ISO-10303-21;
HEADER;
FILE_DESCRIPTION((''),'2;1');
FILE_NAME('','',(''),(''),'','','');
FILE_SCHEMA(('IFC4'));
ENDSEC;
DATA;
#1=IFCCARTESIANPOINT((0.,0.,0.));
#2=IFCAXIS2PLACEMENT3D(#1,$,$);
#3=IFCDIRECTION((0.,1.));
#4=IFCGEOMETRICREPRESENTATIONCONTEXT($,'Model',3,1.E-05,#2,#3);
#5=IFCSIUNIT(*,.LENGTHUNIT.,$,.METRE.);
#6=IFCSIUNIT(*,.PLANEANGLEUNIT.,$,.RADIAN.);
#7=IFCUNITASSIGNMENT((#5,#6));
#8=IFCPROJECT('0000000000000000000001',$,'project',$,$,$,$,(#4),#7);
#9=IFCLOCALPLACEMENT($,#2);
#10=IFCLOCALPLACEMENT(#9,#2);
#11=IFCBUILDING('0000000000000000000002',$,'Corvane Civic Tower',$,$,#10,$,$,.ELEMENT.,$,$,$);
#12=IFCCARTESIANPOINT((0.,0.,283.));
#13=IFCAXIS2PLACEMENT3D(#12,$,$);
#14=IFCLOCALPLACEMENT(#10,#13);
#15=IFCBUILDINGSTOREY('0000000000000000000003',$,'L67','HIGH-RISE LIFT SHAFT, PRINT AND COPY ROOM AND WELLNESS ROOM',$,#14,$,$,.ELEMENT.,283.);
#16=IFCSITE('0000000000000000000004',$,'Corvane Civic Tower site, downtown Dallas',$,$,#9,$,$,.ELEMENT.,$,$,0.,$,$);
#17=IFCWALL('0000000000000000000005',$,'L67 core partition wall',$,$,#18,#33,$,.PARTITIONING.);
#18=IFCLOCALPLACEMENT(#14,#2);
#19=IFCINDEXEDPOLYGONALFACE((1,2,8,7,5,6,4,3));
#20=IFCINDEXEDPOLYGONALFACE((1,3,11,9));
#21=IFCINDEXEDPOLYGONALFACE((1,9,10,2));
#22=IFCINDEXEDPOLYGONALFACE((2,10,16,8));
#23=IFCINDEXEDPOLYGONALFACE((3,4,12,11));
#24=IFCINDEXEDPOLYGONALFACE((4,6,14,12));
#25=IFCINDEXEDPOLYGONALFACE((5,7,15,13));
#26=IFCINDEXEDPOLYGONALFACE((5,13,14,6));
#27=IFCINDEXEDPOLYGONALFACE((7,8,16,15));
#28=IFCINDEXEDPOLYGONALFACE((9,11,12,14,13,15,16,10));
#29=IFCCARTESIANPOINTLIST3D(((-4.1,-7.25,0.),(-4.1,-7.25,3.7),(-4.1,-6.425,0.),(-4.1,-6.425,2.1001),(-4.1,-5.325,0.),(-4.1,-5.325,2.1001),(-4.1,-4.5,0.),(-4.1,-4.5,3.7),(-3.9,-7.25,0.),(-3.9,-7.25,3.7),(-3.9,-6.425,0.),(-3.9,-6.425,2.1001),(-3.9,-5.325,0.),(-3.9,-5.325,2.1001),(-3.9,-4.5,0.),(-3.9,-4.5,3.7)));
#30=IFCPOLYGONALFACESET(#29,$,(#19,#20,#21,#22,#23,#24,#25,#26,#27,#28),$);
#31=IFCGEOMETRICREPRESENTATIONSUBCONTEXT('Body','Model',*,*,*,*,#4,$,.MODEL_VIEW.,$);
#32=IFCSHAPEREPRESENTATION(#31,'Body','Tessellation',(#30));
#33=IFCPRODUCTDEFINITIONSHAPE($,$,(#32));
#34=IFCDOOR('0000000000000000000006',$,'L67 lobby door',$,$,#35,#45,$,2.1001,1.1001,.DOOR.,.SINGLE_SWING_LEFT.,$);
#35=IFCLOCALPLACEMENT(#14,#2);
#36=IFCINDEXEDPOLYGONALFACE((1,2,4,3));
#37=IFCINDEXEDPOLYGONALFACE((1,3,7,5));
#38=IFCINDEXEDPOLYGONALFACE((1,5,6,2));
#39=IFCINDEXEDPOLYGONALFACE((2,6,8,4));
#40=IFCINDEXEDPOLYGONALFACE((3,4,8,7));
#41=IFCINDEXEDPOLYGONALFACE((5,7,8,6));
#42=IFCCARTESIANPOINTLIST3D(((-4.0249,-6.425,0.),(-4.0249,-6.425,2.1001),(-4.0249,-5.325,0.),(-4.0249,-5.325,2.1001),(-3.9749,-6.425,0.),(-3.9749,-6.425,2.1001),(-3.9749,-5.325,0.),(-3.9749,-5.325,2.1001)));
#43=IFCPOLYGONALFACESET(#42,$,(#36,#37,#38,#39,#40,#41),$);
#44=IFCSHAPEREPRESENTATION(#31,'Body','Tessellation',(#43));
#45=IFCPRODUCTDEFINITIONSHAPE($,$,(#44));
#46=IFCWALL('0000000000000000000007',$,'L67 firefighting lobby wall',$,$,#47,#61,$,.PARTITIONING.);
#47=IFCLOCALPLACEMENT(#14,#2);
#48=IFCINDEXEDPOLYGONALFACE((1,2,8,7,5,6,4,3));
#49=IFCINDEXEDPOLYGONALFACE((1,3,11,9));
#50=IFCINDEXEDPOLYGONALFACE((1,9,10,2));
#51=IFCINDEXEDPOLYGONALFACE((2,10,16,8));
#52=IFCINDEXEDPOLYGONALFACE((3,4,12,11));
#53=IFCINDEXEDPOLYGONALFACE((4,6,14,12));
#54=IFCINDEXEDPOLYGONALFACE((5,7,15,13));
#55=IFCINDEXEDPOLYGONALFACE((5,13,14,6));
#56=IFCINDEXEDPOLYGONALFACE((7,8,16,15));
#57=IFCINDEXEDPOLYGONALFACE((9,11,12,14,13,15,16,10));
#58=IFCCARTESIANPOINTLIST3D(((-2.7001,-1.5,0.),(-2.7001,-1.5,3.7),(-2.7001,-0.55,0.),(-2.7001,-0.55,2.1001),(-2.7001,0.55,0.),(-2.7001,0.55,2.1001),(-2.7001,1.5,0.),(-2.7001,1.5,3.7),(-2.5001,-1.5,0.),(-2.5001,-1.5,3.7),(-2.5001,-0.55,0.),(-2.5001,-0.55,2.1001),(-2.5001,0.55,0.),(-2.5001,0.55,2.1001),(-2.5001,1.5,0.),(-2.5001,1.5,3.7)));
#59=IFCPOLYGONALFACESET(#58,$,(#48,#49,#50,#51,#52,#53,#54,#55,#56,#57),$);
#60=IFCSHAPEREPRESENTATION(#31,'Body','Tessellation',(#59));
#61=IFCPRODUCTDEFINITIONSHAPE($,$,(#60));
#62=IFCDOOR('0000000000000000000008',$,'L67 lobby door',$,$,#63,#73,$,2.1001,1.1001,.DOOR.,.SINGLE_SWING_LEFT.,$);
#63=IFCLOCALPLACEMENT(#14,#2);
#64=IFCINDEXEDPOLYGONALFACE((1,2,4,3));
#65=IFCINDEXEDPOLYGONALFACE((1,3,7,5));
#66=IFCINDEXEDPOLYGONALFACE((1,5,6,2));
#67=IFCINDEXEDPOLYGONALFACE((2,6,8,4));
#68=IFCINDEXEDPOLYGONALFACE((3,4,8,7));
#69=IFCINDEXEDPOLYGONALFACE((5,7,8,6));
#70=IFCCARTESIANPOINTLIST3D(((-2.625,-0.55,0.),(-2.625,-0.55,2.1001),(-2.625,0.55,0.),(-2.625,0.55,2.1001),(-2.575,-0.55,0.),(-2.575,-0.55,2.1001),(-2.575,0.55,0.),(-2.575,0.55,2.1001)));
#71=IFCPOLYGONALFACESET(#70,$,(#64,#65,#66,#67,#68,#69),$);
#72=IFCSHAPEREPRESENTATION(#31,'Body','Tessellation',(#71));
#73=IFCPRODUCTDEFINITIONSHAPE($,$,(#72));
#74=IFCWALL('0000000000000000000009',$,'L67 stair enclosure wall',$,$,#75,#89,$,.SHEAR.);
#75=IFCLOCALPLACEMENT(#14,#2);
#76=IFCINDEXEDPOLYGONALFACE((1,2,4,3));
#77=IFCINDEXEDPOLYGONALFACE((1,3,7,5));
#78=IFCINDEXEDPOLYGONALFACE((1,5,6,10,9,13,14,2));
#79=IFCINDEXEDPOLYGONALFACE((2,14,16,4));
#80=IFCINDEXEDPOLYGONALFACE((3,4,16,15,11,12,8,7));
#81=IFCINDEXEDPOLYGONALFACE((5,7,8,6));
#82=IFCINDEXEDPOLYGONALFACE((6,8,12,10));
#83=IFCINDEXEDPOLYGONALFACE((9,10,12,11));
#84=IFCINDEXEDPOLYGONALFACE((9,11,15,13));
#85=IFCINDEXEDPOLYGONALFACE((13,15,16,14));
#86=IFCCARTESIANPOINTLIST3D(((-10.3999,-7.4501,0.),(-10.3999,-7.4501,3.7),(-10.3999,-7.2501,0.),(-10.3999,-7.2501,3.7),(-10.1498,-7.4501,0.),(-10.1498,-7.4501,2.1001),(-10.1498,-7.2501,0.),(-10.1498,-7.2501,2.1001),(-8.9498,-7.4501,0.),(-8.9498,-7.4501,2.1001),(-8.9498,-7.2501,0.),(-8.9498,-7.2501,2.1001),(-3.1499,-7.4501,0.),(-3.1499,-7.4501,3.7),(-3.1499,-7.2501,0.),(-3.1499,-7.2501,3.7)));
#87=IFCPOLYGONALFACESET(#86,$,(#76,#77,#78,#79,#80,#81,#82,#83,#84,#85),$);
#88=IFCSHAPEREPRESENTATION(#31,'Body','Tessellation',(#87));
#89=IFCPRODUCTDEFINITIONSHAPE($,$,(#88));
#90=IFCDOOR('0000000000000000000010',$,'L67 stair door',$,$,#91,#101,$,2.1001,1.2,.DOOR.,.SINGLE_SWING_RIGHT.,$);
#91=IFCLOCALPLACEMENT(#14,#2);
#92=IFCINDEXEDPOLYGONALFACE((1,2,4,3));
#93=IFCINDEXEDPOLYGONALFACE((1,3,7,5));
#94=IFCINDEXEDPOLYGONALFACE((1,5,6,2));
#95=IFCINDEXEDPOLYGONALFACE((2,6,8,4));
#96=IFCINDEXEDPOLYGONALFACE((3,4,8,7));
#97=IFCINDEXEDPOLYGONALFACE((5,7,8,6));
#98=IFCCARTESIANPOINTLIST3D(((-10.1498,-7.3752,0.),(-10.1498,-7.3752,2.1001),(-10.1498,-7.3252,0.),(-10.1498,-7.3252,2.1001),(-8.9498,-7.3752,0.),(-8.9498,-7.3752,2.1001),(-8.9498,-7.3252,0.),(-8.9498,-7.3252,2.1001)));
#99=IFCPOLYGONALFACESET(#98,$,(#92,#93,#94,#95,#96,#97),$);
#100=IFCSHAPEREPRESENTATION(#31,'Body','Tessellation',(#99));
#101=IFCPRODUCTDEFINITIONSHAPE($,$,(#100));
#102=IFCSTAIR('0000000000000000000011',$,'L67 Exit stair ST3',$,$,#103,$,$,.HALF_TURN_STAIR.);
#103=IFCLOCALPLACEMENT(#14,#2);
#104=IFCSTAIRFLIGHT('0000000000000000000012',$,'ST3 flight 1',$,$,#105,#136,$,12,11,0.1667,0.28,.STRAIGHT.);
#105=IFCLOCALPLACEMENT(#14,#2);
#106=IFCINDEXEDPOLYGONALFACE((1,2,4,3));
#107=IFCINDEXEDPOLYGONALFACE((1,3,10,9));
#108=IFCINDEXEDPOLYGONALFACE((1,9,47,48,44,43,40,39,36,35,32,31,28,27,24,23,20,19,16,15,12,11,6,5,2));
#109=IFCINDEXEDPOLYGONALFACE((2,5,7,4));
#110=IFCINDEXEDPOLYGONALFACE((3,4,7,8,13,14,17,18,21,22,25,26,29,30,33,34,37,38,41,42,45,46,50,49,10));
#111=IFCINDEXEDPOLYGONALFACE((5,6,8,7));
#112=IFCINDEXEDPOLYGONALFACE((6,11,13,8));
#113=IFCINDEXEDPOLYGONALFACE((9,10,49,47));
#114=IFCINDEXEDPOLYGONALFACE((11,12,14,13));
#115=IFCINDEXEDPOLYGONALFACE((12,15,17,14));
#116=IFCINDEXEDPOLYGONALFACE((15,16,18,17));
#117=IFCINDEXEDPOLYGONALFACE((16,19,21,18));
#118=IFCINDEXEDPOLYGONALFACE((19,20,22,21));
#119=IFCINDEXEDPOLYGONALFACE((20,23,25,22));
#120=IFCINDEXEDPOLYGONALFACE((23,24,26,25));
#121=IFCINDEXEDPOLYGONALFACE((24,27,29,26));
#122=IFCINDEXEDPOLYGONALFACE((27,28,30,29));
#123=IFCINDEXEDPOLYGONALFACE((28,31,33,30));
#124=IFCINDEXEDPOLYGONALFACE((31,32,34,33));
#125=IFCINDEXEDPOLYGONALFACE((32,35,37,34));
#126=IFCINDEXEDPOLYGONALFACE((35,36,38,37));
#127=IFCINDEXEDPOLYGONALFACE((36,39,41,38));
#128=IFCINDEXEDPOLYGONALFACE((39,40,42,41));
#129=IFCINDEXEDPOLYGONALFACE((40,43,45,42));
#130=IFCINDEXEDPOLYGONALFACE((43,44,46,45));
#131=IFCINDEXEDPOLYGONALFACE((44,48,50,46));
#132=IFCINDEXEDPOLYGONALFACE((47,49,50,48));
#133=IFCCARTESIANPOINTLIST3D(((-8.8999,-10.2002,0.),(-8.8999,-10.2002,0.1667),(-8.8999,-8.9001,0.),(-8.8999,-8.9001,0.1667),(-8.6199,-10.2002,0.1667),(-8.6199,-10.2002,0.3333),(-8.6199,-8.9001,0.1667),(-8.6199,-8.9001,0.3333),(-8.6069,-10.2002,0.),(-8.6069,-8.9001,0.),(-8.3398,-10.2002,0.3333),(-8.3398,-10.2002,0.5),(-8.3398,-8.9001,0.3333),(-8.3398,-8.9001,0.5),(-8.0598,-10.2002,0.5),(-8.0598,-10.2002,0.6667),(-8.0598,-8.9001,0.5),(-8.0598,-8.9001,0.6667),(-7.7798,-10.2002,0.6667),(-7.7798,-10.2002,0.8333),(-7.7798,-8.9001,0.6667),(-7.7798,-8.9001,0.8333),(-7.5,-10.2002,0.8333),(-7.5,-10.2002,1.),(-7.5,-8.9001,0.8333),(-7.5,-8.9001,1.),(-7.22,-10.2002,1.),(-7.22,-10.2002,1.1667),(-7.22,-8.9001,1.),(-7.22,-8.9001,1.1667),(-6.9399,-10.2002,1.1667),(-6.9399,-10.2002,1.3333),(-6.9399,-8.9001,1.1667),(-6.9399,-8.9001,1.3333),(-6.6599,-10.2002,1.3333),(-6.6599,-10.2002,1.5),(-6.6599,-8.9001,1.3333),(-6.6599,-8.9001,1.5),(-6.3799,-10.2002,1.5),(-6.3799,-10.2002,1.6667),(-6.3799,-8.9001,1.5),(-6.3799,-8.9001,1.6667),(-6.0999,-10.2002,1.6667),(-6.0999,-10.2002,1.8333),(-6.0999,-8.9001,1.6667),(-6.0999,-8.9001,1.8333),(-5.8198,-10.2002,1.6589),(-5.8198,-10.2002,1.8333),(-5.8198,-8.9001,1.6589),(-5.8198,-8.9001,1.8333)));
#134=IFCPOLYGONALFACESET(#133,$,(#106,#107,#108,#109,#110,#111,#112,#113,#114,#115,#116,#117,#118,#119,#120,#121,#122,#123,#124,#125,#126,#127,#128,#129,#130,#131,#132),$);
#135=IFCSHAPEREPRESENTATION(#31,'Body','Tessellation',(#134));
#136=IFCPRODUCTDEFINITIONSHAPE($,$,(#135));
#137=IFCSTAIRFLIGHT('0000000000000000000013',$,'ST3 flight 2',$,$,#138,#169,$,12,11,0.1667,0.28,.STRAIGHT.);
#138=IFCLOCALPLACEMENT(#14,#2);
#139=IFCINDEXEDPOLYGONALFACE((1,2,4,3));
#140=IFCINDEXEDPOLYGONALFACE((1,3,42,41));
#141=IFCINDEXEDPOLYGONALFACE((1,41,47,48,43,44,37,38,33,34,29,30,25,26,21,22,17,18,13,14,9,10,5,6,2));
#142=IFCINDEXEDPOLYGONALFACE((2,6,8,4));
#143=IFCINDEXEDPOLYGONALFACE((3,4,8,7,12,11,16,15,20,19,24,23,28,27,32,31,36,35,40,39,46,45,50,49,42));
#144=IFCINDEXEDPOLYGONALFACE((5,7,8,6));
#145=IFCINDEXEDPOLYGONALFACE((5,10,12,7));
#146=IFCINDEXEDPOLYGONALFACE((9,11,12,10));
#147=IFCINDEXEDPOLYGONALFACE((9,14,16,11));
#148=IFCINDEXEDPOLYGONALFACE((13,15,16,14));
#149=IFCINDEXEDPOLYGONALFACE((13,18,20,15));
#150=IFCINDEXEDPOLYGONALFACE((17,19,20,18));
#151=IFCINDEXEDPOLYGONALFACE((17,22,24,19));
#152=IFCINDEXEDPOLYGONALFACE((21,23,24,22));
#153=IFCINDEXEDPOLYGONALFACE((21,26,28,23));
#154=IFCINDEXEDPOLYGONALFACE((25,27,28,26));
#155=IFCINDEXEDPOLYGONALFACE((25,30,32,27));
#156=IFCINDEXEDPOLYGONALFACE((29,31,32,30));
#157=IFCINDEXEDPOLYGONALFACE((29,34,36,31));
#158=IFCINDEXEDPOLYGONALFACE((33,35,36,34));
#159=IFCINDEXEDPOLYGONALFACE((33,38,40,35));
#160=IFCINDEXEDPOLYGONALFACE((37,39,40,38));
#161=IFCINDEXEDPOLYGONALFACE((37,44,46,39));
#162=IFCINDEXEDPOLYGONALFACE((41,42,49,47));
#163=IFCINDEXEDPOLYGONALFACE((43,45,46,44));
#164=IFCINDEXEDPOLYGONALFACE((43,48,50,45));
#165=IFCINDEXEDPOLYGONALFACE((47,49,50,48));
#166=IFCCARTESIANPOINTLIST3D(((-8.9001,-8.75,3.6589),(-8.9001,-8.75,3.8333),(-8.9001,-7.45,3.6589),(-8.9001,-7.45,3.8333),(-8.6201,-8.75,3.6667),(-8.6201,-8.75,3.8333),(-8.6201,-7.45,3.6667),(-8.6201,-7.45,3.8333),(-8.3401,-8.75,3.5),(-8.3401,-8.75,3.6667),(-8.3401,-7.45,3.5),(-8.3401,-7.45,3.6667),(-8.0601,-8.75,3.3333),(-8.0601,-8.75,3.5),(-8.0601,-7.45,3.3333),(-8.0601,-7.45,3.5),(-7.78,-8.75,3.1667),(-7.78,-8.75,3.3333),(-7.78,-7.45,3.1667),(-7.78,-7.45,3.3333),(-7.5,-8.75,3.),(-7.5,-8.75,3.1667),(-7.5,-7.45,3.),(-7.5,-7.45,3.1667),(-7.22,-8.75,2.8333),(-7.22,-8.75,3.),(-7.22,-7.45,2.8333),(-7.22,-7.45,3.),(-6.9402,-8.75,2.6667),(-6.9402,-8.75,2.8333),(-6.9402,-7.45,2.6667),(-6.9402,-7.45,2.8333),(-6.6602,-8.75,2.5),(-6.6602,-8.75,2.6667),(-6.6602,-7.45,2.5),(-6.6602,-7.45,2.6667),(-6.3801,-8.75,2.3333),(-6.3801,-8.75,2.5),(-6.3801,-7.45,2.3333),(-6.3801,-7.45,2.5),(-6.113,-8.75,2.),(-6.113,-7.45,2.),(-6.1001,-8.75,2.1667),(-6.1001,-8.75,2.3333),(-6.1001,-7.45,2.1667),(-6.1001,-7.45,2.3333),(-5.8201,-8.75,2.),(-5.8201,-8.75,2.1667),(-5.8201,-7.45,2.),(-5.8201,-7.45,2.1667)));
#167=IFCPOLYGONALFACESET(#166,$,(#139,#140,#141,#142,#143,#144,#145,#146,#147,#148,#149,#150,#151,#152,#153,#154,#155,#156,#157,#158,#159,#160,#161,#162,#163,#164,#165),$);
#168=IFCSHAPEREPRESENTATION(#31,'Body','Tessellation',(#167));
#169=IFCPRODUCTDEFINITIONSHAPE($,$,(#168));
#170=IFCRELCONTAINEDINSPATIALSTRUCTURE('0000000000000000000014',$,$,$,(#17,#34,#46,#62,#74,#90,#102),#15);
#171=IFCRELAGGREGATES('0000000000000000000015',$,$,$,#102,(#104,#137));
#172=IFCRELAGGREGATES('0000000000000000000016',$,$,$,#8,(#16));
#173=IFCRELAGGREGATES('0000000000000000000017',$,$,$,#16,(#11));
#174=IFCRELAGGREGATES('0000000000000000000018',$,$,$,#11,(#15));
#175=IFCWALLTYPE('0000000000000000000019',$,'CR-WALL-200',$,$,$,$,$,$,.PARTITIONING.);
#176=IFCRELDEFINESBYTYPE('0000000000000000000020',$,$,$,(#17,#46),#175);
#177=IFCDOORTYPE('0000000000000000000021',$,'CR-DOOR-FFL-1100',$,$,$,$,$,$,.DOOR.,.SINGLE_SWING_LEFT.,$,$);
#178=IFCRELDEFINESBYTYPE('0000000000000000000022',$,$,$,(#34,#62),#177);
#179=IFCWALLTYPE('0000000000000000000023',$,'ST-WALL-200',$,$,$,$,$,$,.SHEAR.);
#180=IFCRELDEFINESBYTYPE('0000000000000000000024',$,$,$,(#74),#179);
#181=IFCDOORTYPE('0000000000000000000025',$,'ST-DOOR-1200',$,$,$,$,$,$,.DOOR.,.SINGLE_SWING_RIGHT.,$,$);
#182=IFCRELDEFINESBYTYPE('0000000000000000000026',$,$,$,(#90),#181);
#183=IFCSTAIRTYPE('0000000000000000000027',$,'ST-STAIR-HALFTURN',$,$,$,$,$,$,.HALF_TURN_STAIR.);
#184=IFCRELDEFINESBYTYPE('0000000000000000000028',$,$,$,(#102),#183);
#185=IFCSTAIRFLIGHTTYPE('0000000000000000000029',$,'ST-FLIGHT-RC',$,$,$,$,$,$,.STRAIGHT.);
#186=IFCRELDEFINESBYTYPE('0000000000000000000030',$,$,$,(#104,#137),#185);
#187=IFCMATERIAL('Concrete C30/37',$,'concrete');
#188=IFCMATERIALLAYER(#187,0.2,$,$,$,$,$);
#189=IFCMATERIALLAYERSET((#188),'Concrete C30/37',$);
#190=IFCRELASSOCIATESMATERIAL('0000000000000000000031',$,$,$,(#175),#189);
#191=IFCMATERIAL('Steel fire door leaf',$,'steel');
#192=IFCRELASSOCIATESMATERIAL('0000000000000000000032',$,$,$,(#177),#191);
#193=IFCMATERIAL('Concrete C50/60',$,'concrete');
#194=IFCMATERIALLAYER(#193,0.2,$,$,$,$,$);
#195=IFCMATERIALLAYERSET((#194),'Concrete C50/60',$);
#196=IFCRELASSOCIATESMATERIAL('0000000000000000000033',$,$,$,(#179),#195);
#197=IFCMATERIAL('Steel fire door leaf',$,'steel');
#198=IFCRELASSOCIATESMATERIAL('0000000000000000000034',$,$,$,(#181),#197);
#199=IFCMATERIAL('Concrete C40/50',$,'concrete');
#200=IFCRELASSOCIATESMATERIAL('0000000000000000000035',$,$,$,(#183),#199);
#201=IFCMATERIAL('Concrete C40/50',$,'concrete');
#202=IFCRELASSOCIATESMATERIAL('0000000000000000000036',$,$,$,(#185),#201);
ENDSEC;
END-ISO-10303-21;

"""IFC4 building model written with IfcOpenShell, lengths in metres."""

from ifc_helpers import new_model, si_unit, direction, frame, frame_2d, origin, place, context, subcontext, project, spatial, polyline, rectangle, outline, extrude, material, layer, layer_set, type_object, element, fill, aggregate, save


model = new_model("IFC4")

# Units and contexts
model_context = context("Model", 3, precision=1e-05, world=origin(), true_north=direction((0.0, 1.0)))
body_context = subcontext(model_context, "Body", "Model", "MODEL_VIEW")
ifc_project = project(units=[si_unit("LENGTHUNIT", "METRE"), si_unit("PLANEANGLEUNIT", "RADIAN")], contexts=[model_context])

# Site, building, storey
site_placement = place(None, origin())
site = spatial("IfcSite", under=ifc_project, at=site_placement, Name="Corvane Civic Tower site, downtown Dallas", CompositionType="ELEMENT", RefElevation=0.0)
building_placement = place(site_placement, origin())
building = spatial("IfcBuilding", under=site, at=building_placement, Name="Corvane Civic Tower", CompositionType="ELEMENT")
storey_placement = place(building_placement, frame((0.0, 0.0, 283.0)))
storey = spatial("IfcBuildingStorey", under=building, at=storey_placement, Name="L67", Description="HIGH-RISE LIFT SHAFT, PRINT AND COPY ROOM AND WELLNESS ROOM", CompositionType="ELEMENT", Elevation=283.0)

# Shared definitions
ifc_material_1 = material(Name="Concrete C30/37", Category="concrete")
ifc_layer_1 = layer(ifc_material_1, 0.2)
ifc_layer_set_1 = layer_set([ifc_layer_1], Name="Concrete C30/37")
wall_type_1 = type_object("IfcWallType", Name="CR-WALL-200", PredefinedType="PARTITIONING", material=ifc_layer_set_1)

# Walls, openings, doors
wall_1_placement = place(storey_placement, frame((-4.0, -7.25, 0.0), z_axis=(0.0, 0.0, 1.0), x_axis=(0.0, 1.0, 0.0)))
wall_1 = element("IfcWall", 1, at=wall_1_placement, inside=storey, type_object=wall_type_1, Name="L67 core partition wall", PredefinedType="PARTITIONING", context=body_context, shape_type="SweptSolid", body=[
    extrude(rectangle(XDim=2.75, YDim=0.2, at=frame_2d((1.375, 0.0))), origin(), (0.0, 0.0, 1.0), 3.7),
])
opening_1_placement = place(wall_1_placement, frame((0.825, 0.0, 0.0)))
opening_1 = element("IfcOpeningElement", 2, at=opening_1_placement, cuts=wall_1, PredefinedType="OPENING", context=body_context, shape_type="SweptSolid", body=[
    extrude(rectangle(XDim=1.1001, YDim=2.1001, at=frame_2d((0.55, 1.05))), frame((0.0, 0.1099, 0.0), z_axis=(0.0, -1.0, 0.0), x_axis=(1.0, 0.0, 0.0)), (0.0, 0.0, 1.0), 0.22),
])
ifc_material_2 = material(Name="Steel fire door leaf", Category="steel")
door_type_1 = type_object("IfcDoorType", Name="CR-DOOR-FFL-1100", OperationType="SINGLE_SWING_LEFT", PredefinedType="DOOR", material=ifc_material_2)
door_1_placement = place(opening_1_placement, origin())
door_1 = element("IfcDoor", 3, at=door_1_placement, inside=storey, type_object=door_type_1, Name="L67 lobby door", OperationType="SINGLE_SWING_LEFT", OverallHeight=2.1001, OverallWidth=1.1001, PredefinedType="DOOR", context=body_context, shape_type="SweptSolid", body=[
    extrude(rectangle(XDim=1.1001, YDim=2.1001, at=frame_2d((0.55, 1.05))), frame((0.0, 0.0249, 0.0), z_axis=(0.0, -1.0, 0.0), x_axis=(1.0, 0.0, 0.0)), (0.0, 0.0, 1.0), 0.05),
])
fill(opening_1, door_1)
wall_2_placement = place(storey_placement, frame((-2.6001, -1.5, 0.0), z_axis=(0.0, 0.0, 1.0), x_axis=(0.0, 1.0, 0.0)))
wall_2 = element("IfcWall", 4, at=wall_2_placement, inside=storey, type_object=wall_type_1, Name="L67 firefighting lobby wall", PredefinedType="PARTITIONING", context=body_context, shape_type="SweptSolid", body=[
    extrude(rectangle(XDim=3.0, YDim=0.2, at=frame_2d((1.5, 0.0))), origin(), (0.0, 0.0, 1.0), 3.7),
])
opening_2_placement = place(wall_2_placement, frame((0.95, 0.0, 0.0)))
opening_2 = element("IfcOpeningElement", 5, at=opening_2_placement, cuts=wall_2, PredefinedType="OPENING", context=body_context, shape_type="SweptSolid", body=[
    extrude(rectangle(XDim=1.1001, YDim=2.1001, at=frame_2d((0.55, 1.05))), frame((0.0, 0.1099, 0.0), z_axis=(0.0, -1.0, 0.0), x_axis=(1.0, 0.0, 0.0)), (0.0, 0.0, 1.0), 0.22),
])
door_2_placement = place(opening_2_placement, origin())
door_2 = element("IfcDoor", 6, at=door_2_placement, inside=storey, type_object=door_type_1, Name="L67 lobby door", OperationType="SINGLE_SWING_LEFT", OverallHeight=2.1001, OverallWidth=1.1001, PredefinedType="DOOR", context=body_context, shape_type="SweptSolid", body=[
    extrude(rectangle(XDim=1.1001, YDim=2.1001, at=frame_2d((0.55, 1.05))), frame((0.0, 0.0249, 0.0), z_axis=(0.0, -1.0, 0.0), x_axis=(1.0, 0.0, 0.0)), (0.0, 0.0, 1.0), 0.05),
])
fill(opening_2, door_2)
ifc_material_3 = material(Name="Concrete C50/60", Category="concrete")
ifc_layer_2 = layer(ifc_material_3, 0.2)
ifc_layer_set_2 = layer_set([ifc_layer_2], Name="Concrete C50/60")
wall_type_2 = type_object("IfcWallType", Name="ST-WALL-200", PredefinedType="SHEAR", material=ifc_layer_set_2)
wall_3_placement = place(storey_placement, frame((-10.3999, -7.3501, 0.0), z_axis=(0.0, 0.0, 1.0), x_axis=(1.0, 0.0, 0.0)))
wall_3 = element("IfcWall", 7, at=wall_3_placement, inside=storey, type_object=wall_type_2, Name="L67 stair enclosure wall", PredefinedType="SHEAR", context=body_context, shape_type="SweptSolid", body=[
    extrude(rectangle(XDim=7.25, YDim=0.2, at=frame_2d((3.625, 0.0))), origin(), (0.0, 0.0, 1.0), 3.7),
])
opening_3_placement = place(wall_3_placement, frame((0.25, 0.0, 0.0)))
opening_3 = element("IfcOpeningElement", 8, at=opening_3_placement, cuts=wall_3, PredefinedType="OPENING", context=body_context, shape_type="SweptSolid", body=[
    extrude(rectangle(XDim=1.2, YDim=2.1001, at=frame_2d((0.6001, 1.05))), frame((0.0, 0.1099, 0.0), z_axis=(0.0, -1.0, 0.0), x_axis=(1.0, 0.0, 0.0)), (0.0, 0.0, 1.0), 0.22),
])
ifc_material_4 = material(Name="Steel fire door leaf", Category="steel")
door_type_2 = type_object("IfcDoorType", Name="ST-DOOR-1200", OperationType="SINGLE_SWING_RIGHT", PredefinedType="DOOR", material=ifc_material_4)
door_3_placement = place(opening_3_placement, origin())
door_3 = element("IfcDoor", 9, at=door_3_placement, inside=storey, type_object=door_type_2, Name="L67 stair door", OperationType="SINGLE_SWING_RIGHT", OverallHeight=2.1001, OverallWidth=1.2, PredefinedType="DOOR", context=body_context, shape_type="SweptSolid", body=[
    extrude(rectangle(XDim=1.2, YDim=2.1001, at=frame_2d((0.6001, 1.05))), frame((0.0, 0.0249, 0.0), z_axis=(0.0, -1.0, 0.0), x_axis=(1.0, 0.0, 0.0)), (0.0, 0.0, 1.0), 0.05),
])
fill(opening_3, door_3)

# Stair, stair flights
ifc_material_5 = material(Name="Concrete C40/50", Category="concrete")
stair_type = type_object("IfcStairType", Name="ST-STAIR-HALFTURN", PredefinedType="HALF_TURN_STAIR", material=ifc_material_5)
stair_placement = place(storey_placement, origin())
stair = element("IfcStair", 10, at=stair_placement, inside=storey, type_object=stair_type, Name="L67 Exit stair ST3", PredefinedType="HALF_TURN_STAIR")
ifc_material_6 = material(Name="Concrete C40/50", Category="concrete")
stair_flight_type = type_object("IfcStairFlightType", Name="ST-FLIGHT-RC", PredefinedType="STRAIGHT", material=ifc_material_6)
stair_flight_1_placement = place(storey_placement, frame((-8.8999, -9.55, 0.0), z_axis=(0.0, 0.0, 1.0), x_axis=(1.0, 0.0, 0.0)))
stair_flight_1 = element("IfcStairFlight", 11, at=stair_flight_1_placement, type_object=stair_flight_type, Name="ST3 flight 1", NumberOfRisers=12, NumberOfTreads=11, PredefinedType="STRAIGHT", RiserHeight=0.1667, TreadLength=0.28, context=body_context, shape_type="SweptSolid", body=[
    extrude(outline(polyline([(0.0, 0.0), (0.0, 0.1667), (0.28, 0.1667), (0.28, 0.3333), (0.5601, 0.3333), (0.5601, 0.5), (0.8401, 0.5), (0.8401, 0.6667), (1.1201, 0.6667), (1.1201, 0.8333), (1.3999, 0.8333), (1.3999, 1.0), (1.6799, 1.0), (1.6799, 1.1667), (1.96, 1.1667), (1.96, 1.3333), (2.24, 1.3333), (2.24, 1.5), (2.52, 1.5), (2.52, 1.6667), (2.8, 1.6667), (2.8, 1.8333), (3.0801, 1.8333), (3.0801, 2.0), (3.0801, 1.6589), (0.293, 0.0), (0.0, 0.0)])), frame((0.0, 0.6499, 0.0), z_axis=(0.0, -1.0, 0.0), x_axis=(1.0, 0.0, 0.0)), (0.0, 0.0, 1.0), 1.3),
])
stair_flight_2_placement = place(storey_placement, frame((-5.8201, -8.1001, 2.0), z_axis=(0.0, 0.0, 1.0), x_axis=(-1.0, 0.0, 0.0)))
stair_flight_2 = element("IfcStairFlight", 12, at=stair_flight_2_placement, type_object=stair_flight_type, Name="ST3 flight 2", NumberOfRisers=12, NumberOfTreads=11, PredefinedType="STRAIGHT", RiserHeight=0.1667, TreadLength=0.28, context=body_context, shape_type="SweptSolid", body=[
    extrude(outline(polyline([(0.0, 0.0), (0.0, 0.1667), (0.28, 0.1667), (0.28, 0.3333), (0.5601, 0.3333), (0.5601, 0.5), (0.8401, 0.5), (0.8401, 0.6667), (1.1201, 0.6667), (1.1201, 0.8333), (1.3999, 0.8333), (1.3999, 1.0), (1.6799, 1.0), (1.6799, 1.1667), (1.96, 1.1667), (1.96, 1.3333), (2.24, 1.3333), (2.24, 1.5), (2.52, 1.5), (2.52, 1.6667), (2.8, 1.6667), (2.8, 1.8333), (3.0801, 1.8333), (3.0801, 2.0), (3.0801, 1.6589), (0.293, 0.0), (0.0, 0.0)])), frame((0.0, 0.6499, 0.0), z_axis=(0.0, -1.0, 0.0), x_axis=(1.0, 0.0, 0.0)), (0.0, 0.0, 1.0), 1.3),
])
aggregate(stair, [stair_flight_1, stair_flight_2])

save(model, "model.ifc")
